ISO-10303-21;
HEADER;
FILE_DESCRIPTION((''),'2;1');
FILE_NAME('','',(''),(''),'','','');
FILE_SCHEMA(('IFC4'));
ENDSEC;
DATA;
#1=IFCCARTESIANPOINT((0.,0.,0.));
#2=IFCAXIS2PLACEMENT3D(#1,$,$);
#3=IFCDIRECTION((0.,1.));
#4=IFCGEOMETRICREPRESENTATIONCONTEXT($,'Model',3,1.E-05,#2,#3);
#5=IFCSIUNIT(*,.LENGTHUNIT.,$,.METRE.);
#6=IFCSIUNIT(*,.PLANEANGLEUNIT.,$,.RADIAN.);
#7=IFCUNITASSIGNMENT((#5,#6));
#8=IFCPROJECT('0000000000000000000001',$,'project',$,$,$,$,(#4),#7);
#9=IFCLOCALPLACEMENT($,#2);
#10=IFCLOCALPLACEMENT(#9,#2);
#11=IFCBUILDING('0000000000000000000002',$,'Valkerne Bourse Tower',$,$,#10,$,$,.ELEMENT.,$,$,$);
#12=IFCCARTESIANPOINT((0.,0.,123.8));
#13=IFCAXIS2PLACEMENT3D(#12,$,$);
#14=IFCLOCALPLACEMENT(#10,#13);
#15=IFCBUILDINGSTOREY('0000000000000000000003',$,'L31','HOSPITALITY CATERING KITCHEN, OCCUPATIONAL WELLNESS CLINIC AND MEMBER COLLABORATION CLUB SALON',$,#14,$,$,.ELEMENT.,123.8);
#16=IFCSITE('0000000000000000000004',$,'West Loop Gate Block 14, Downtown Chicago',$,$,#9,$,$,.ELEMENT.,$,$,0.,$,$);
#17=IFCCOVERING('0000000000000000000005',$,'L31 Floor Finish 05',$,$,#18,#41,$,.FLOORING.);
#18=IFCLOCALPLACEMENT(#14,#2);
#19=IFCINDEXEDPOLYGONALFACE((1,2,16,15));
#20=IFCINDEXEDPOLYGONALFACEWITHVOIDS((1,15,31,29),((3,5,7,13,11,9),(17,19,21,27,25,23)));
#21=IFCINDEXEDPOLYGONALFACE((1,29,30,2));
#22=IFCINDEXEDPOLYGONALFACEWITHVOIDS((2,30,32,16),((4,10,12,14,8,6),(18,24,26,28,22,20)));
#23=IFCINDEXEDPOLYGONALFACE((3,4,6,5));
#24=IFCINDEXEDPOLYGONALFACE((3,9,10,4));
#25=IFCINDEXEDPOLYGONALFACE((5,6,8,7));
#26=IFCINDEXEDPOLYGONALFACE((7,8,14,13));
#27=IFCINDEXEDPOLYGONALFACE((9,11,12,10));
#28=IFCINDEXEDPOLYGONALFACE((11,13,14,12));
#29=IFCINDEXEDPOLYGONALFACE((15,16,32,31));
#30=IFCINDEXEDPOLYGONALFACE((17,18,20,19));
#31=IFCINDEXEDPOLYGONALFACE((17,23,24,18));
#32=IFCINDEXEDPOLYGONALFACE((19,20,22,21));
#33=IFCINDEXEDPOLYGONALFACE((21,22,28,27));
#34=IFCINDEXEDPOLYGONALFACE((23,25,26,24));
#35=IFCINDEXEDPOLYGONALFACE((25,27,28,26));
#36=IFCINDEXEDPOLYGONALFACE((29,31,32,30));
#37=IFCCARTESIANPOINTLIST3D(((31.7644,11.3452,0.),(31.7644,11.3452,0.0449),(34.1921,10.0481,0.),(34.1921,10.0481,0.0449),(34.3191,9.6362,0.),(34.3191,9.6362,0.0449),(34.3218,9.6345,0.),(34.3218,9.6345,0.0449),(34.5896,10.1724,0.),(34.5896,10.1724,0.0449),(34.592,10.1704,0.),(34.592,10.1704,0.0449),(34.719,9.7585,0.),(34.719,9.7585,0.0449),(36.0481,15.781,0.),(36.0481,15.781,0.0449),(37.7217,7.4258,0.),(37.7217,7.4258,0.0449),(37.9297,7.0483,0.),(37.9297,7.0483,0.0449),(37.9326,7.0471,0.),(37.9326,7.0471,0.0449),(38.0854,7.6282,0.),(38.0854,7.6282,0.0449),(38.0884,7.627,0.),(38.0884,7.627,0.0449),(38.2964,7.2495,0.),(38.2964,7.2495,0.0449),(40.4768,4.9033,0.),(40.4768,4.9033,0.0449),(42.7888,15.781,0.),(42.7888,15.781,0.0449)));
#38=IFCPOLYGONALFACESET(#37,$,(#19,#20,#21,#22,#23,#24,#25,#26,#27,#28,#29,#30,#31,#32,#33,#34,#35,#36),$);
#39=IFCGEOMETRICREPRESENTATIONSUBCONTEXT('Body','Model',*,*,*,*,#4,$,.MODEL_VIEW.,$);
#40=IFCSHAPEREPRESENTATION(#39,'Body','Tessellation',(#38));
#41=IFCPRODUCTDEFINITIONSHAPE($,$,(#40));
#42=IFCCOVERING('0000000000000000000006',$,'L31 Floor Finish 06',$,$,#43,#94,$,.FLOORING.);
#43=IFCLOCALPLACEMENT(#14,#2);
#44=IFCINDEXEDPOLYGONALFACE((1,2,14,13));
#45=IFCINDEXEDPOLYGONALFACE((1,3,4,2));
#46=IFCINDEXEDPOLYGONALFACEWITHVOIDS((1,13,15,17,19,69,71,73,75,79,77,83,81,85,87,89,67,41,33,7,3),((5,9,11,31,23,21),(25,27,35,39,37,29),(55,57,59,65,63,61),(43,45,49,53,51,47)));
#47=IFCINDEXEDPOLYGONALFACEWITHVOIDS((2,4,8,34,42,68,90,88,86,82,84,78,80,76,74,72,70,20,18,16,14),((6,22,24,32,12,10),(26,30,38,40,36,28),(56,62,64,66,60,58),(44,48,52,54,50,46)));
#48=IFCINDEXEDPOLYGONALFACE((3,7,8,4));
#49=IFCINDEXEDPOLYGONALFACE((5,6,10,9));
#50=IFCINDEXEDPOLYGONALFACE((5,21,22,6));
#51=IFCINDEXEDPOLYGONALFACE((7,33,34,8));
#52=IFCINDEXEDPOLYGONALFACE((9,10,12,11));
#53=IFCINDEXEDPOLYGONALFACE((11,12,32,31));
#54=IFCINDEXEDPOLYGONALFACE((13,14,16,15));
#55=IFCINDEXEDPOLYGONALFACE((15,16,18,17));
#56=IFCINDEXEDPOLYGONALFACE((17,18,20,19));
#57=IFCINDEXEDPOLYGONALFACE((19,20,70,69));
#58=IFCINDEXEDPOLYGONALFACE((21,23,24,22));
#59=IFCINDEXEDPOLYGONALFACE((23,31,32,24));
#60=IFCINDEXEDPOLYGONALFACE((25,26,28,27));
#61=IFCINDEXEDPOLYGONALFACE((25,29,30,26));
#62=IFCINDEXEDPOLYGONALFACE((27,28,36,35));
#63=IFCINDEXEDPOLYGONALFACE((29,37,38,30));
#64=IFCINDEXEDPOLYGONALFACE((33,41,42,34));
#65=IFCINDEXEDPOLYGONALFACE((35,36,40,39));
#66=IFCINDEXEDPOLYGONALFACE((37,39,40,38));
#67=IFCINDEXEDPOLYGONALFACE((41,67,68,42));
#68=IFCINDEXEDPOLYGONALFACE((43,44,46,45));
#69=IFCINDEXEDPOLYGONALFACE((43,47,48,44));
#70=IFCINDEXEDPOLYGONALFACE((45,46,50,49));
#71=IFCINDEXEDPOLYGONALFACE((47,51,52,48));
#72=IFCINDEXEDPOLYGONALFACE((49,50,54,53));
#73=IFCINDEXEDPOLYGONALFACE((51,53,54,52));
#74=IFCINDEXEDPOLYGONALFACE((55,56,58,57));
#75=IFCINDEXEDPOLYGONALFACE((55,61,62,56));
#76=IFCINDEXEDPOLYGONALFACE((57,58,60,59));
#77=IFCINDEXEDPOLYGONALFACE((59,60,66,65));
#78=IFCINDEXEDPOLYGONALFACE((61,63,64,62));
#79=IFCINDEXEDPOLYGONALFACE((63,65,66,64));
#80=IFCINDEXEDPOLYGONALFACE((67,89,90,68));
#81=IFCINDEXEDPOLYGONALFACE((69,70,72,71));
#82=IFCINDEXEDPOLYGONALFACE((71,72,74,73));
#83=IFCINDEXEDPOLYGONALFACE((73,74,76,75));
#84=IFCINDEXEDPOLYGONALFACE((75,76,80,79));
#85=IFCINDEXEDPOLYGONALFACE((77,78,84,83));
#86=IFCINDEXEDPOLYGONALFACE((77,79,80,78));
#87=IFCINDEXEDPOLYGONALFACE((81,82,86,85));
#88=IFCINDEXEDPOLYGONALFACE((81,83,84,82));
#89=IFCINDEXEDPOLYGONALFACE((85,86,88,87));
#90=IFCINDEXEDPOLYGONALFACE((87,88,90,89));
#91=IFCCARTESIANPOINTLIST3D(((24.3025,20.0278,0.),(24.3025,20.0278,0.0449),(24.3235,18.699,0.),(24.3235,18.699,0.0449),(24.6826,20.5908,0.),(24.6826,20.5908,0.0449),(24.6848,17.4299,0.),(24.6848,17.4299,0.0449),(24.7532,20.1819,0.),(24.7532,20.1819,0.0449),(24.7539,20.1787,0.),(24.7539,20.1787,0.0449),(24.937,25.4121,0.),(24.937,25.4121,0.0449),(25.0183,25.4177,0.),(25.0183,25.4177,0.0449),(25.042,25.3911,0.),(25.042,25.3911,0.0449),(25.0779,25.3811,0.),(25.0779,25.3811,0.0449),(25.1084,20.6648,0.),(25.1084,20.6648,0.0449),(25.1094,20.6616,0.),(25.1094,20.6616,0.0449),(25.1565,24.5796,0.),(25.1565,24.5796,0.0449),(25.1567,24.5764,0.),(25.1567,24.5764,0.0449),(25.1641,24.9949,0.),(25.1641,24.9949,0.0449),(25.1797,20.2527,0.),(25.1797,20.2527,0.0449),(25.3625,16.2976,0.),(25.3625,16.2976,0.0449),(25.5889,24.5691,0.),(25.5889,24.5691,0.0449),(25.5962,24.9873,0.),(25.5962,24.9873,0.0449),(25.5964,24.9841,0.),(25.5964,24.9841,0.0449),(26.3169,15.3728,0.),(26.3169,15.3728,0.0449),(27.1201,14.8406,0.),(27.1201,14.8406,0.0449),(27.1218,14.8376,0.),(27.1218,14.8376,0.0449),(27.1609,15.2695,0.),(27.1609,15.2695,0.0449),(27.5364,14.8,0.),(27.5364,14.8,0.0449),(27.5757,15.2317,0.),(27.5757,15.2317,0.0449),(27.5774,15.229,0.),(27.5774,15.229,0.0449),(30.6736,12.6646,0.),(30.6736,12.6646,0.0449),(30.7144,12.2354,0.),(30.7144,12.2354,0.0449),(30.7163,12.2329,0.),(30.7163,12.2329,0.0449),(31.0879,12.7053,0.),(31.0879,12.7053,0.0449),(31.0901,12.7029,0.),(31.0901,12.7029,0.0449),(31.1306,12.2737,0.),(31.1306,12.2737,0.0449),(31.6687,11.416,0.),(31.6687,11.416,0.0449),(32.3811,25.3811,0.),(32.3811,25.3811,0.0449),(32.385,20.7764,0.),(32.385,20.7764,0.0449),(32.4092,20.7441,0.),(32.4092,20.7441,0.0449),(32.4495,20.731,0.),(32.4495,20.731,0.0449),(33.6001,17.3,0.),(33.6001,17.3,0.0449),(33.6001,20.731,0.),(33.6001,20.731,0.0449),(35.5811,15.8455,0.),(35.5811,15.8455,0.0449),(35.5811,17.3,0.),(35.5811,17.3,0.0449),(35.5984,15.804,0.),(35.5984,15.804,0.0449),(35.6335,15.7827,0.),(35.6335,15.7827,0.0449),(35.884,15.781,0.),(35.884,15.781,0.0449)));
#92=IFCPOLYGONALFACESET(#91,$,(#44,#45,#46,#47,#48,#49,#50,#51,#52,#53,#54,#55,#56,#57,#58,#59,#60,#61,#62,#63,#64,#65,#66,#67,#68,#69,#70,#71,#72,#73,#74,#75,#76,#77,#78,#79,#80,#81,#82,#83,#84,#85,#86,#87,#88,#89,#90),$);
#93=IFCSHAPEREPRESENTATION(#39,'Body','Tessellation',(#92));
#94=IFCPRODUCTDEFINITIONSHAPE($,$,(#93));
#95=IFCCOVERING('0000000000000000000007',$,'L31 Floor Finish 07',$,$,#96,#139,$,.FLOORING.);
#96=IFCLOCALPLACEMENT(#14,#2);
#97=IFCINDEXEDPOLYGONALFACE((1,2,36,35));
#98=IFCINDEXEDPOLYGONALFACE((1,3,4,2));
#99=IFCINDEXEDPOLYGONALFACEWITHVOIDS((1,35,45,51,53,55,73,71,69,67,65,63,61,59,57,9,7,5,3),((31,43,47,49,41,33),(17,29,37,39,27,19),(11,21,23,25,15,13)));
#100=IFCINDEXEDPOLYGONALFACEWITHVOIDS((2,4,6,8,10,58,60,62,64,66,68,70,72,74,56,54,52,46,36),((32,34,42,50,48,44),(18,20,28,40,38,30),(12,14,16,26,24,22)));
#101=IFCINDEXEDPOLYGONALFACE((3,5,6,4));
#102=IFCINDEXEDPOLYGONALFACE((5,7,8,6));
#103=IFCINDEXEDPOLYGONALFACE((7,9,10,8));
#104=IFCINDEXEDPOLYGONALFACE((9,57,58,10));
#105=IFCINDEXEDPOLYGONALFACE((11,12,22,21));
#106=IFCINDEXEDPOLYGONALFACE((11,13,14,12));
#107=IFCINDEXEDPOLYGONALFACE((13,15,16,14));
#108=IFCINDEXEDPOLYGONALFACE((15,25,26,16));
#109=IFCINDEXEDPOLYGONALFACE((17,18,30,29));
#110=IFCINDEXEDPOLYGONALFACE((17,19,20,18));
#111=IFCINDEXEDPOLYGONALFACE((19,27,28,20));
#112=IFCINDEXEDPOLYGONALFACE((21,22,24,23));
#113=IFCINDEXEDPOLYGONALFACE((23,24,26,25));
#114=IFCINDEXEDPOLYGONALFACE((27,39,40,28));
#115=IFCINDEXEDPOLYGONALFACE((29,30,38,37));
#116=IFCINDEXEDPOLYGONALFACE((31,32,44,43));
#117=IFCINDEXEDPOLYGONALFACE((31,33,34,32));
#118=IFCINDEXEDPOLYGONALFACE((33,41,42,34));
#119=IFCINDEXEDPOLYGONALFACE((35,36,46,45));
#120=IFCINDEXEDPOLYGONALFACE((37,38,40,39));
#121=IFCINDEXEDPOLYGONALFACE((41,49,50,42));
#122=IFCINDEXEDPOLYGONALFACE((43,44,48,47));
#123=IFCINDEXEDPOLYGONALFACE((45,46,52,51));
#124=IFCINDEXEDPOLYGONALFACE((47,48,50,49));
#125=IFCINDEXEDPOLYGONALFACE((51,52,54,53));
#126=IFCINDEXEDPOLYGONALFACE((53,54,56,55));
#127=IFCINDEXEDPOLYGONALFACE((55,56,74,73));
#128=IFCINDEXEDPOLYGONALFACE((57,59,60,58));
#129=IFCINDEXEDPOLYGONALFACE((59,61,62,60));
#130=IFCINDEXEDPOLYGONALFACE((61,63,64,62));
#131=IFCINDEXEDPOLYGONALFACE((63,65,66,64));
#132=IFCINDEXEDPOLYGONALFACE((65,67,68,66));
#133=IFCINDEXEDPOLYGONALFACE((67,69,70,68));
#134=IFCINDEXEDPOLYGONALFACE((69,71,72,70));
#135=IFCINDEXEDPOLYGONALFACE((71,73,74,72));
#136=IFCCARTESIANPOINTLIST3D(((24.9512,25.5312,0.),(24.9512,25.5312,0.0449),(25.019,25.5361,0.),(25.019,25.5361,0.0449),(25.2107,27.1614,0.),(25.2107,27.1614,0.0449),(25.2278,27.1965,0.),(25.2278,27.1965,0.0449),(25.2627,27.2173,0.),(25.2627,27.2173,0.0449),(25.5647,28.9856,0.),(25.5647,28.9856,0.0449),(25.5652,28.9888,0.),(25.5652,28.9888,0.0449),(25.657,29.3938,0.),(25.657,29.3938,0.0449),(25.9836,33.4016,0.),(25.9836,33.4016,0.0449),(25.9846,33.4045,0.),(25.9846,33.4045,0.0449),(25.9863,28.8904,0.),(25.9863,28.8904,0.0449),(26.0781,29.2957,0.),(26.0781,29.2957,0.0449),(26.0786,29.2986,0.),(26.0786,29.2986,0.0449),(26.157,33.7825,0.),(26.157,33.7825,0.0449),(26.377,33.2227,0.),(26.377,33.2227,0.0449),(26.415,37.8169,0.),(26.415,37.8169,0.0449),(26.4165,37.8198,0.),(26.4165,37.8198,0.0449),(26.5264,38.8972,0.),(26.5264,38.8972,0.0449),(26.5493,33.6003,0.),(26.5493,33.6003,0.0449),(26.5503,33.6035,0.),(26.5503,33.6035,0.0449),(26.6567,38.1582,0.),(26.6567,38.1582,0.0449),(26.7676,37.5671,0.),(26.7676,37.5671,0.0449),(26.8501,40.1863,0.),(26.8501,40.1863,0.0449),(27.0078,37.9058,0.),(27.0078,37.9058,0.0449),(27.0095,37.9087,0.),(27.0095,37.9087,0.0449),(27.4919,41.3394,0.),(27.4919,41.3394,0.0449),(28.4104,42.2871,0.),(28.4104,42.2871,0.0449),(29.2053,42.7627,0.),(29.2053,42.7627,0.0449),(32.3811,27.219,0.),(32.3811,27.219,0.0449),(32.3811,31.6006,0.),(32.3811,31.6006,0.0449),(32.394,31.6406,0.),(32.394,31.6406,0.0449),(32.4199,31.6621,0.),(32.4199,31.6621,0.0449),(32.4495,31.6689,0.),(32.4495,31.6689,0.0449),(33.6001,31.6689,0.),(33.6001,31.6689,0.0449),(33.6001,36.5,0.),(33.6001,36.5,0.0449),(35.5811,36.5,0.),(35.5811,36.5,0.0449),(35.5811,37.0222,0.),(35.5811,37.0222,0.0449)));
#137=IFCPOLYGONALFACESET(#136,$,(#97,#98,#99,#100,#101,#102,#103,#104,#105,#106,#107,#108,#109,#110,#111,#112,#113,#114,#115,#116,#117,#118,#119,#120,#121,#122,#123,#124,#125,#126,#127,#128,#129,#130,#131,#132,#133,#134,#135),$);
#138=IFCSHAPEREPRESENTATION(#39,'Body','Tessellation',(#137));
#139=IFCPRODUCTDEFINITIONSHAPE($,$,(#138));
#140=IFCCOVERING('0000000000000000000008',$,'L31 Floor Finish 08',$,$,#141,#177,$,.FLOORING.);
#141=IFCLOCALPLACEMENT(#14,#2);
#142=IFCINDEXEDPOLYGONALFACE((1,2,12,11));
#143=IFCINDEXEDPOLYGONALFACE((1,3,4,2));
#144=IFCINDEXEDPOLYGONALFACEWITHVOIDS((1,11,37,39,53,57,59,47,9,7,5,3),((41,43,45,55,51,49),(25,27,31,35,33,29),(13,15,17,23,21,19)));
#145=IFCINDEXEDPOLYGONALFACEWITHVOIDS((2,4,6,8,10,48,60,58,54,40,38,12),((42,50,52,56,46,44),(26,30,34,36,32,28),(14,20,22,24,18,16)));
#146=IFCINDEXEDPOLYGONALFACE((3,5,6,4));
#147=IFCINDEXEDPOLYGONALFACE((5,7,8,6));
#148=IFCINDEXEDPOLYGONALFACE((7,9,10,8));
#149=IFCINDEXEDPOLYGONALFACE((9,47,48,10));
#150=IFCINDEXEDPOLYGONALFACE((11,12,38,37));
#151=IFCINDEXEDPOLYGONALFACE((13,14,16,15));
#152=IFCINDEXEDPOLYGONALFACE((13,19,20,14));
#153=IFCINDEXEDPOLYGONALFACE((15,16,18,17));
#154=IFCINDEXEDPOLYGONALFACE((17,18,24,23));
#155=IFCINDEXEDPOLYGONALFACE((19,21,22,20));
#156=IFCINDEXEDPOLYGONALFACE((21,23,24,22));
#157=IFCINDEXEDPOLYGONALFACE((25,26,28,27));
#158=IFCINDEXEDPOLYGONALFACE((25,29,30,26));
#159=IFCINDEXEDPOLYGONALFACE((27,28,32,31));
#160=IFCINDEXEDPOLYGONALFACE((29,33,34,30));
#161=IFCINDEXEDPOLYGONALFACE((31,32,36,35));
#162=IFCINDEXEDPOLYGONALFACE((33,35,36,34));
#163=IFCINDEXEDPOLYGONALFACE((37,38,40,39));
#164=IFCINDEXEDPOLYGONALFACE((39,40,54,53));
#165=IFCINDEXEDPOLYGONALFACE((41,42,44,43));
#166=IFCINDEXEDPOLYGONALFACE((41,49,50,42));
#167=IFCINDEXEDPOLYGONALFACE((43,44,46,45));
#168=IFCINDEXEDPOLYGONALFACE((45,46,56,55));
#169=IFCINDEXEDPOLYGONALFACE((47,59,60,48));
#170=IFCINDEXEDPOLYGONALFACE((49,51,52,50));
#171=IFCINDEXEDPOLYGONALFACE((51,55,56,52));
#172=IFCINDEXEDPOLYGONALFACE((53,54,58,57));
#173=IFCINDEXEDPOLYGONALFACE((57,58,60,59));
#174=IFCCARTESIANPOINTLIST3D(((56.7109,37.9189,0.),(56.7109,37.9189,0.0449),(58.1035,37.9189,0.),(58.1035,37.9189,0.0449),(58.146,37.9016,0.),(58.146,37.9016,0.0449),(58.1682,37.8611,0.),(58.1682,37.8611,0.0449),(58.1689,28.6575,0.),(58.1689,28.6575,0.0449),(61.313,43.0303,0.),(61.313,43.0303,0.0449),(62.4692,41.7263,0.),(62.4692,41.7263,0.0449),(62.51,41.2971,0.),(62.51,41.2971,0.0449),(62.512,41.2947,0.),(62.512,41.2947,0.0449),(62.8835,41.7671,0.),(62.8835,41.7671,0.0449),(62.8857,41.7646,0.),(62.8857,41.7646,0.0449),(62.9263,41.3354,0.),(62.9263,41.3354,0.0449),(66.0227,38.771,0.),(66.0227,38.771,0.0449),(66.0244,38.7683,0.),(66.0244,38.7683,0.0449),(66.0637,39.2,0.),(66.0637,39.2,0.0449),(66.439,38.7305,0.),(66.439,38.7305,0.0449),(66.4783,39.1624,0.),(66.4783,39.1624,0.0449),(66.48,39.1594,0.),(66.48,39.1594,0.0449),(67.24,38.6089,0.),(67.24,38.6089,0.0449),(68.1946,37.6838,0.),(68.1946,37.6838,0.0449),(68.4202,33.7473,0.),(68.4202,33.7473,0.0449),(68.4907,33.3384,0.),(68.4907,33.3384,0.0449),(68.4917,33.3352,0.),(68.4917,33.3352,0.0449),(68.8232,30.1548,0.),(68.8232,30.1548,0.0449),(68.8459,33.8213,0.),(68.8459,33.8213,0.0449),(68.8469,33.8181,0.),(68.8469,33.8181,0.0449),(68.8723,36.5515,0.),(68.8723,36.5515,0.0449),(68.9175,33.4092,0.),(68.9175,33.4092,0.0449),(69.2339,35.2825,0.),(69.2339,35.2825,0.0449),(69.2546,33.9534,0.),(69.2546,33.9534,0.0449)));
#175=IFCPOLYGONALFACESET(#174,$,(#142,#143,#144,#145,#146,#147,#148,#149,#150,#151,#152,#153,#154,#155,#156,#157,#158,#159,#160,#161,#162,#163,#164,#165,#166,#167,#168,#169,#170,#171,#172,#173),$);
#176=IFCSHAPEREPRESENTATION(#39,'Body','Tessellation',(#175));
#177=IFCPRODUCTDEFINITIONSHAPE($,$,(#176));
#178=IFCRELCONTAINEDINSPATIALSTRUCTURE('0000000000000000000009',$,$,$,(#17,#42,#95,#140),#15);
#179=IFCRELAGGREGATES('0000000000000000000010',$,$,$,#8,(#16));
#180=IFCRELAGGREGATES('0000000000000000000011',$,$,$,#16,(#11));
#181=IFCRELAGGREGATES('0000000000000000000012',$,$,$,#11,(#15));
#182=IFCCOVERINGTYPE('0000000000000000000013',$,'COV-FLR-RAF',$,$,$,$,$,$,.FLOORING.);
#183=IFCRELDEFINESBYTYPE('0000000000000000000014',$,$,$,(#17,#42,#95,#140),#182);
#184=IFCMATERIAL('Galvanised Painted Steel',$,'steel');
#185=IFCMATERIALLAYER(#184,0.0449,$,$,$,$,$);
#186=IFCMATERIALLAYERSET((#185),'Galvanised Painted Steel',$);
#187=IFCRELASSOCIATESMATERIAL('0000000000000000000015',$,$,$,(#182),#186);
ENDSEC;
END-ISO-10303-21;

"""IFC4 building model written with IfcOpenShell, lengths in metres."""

from ifc_helpers import new_model, si_unit, direction, frame, origin, place, context, subcontext, project, spatial, polyline, outline, extrude, material, layer, layer_set, type_object, element, save


model = new_model("IFC4")

# Units and contexts
model_context = context("Model", 3, precision=1e-05, world=origin(), true_north=direction((0.0, 1.0)))
body_context = subcontext(model_context, "Body", "Model", "MODEL_VIEW")
ifc_project = project(units=[si_unit("LENGTHUNIT", "METRE"), si_unit("PLANEANGLEUNIT", "RADIAN")], contexts=[model_context])

# Site, building, storey
site_placement = place(None, origin())
site = spatial("IfcSite", under=ifc_project, at=site_placement, Name="West Loop Gate Block 14, Downtown Chicago", CompositionType="ELEMENT", RefElevation=0.0)
building_placement = place(site_placement, origin())
building = spatial("IfcBuilding", under=site, at=building_placement, Name="Valkerne Bourse Tower", CompositionType="ELEMENT")
storey_placement = place(building_placement, frame((0.0, 0.0, 123.8)))
storey = spatial("IfcBuildingStorey", under=building, at=storey_placement, Name="L31", Description="HOSPITALITY CATERING KITCHEN, OCCUPATIONAL WELLNESS CLINIC AND MEMBER COLLABORATION CLUB SALON", CompositionType="ELEMENT", Elevation=123.8)

# Coverings
ifc_material_1 = material(Name="Galvanised Painted Steel", Category="steel")
ifc_layer_1 = layer(ifc_material_1, 0.0449)
ifc_layer_set_1 = layer_set([ifc_layer_1], Name="Galvanised Painted Steel")
covering_type_1 = type_object("IfcCoveringType", Name="COV-FLR-RAF", PredefinedType="FLOORING", material=ifc_layer_set_1)
covering_1_placement = place(storey_placement, origin())
element("IfcCovering", 1, at=covering_1_placement, inside=storey, type_object=covering_type_1, Name="L31 Floor Finish 05", PredefinedType="FLOORING", context=body_context, shape_type="SweptSolid", body=[
    extrude(outline(polyline([(42.7888, 15.781), (40.4768, 4.9033), (31.7644, 11.3452), (36.0481, 15.781), (42.7888, 15.781)]), holes=[polyline([(38.0884, 7.627), (38.0854, 7.6282), (37.7217, 7.4258), (37.9297, 7.0483), (37.9326, 7.0471), (38.2964, 7.2495), (38.0884, 7.627)]), polyline([(34.592, 10.1704), (34.5896, 10.1724), (34.1921, 10.0481), (34.3191, 9.6362), (34.3218, 9.6345), (34.719, 9.7585), (34.592, 10.1704)])]), origin(), (0.0, 0.0, 1.0), 0.0449),
])
covering_2_placement = place(storey_placement, origin())
element("IfcCovering", 2, at=covering_2_placement, inside=storey, type_object=covering_type_1, Name="L31 Floor Finish 06", PredefinedType="FLOORING", context=body_context, shape_type="SweptSolid", body=[
    extrude(outline(polyline([(24.6848, 17.4299), (24.3235, 18.699), (24.3025, 20.0278), (24.937, 25.4121), (25.0183, 25.4177), (25.042, 25.3911), (25.0779, 25.3811), (32.3811, 25.3811), (32.385, 20.7764), (32.4092, 20.7441), (32.4495, 20.731), (33.6001, 20.731), (33.6001, 17.3), (35.5811, 17.3), (35.5811, 15.8455), (35.5984, 15.804), (35.6335, 15.7827), (35.884, 15.781), (31.6687, 11.416), (26.3169, 15.3728), (25.3625, 16.2976), (24.6848, 17.4299)]), holes=[polyline([(31.1306, 12.2737), (31.0901, 12.7029), (31.0879, 12.7053), (30.6736, 12.6646), (30.7144, 12.2354), (30.7163, 12.2329), (31.1306, 12.2737)]), polyline([(27.5774, 15.229), (27.5757, 15.2317), (27.1609, 15.2695), (27.1201, 14.8406), (27.1218, 14.8376), (27.5364, 14.8), (27.5774, 15.229)]), polyline([(25.1094, 20.6616), (25.1084, 20.6648), (24.6826, 20.5908), (24.7532, 20.1819), (24.7539, 20.1787), (25.1797, 20.2527), (25.1094, 20.6616)]), polyline([(25.5962, 24.9873), (25.1641, 24.9949), (25.1565, 24.5796), (25.1567, 24.5764), (25.5889, 24.5691), (25.5964, 24.9841), (25.5962, 24.9873)])]), origin(), (0.0, 0.0, 1.0), 0.0449),
])
covering_3_placement = place(storey_placement, origin())
element("IfcCovering", 3, at=covering_3_placement, inside=storey, type_object=covering_type_1, Name="L31 Floor Finish 07", PredefinedType="FLOORING", context=body_context, shape_type="SweptSolid", body=[
    extrude(outline(polyline([(27.4919, 41.3394), (28.4104, 42.2871), (29.2053, 42.7627), (35.5811, 37.0222), (35.5811, 36.5), (33.6001, 36.5), (33.6001, 31.6689), (32.4495, 31.6689), (32.4199, 31.6621), (32.394, 31.6406), (32.3811, 31.6006), (32.3811, 27.219), (25.2627, 27.2173), (25.2278, 27.1965), (25.2107, 27.1614), (25.019, 25.5361), (24.9512, 25.5312), (26.5264, 38.8972), (26.8501, 40.1863), (27.4919, 41.3394)]), holes=[polyline([(26.0781, 29.2957), (26.0786, 29.2986), (25.657, 29.3938), (25.5652, 28.9888), (25.5647, 28.9856), (25.9863, 28.8904), (26.0781, 29.2957)]), polyline([(26.5503, 33.6035), (26.157, 33.7825), (25.9846, 33.4045), (25.9836, 33.4016), (26.377, 33.2227), (26.5493, 33.6003), (26.5503, 33.6035)]), polyline([(27.0095, 37.9087), (26.6567, 38.1582), (26.4165, 37.8198), (26.415, 37.8169), (26.7676, 37.5671), (27.0078, 37.9058), (27.0095, 37.9087)])]), origin(), (0.0, 0.0, 1.0), 0.0449),
])
covering_4_placement = place(storey_placement, origin())
element("IfcCovering", 4, at=covering_4_placement, inside=storey, type_object=covering_type_1, Name="L31 Floor Finish 08", PredefinedType="FLOORING", context=body_context, shape_type="SweptSolid", body=[
    extrude(outline(polyline([(68.8723, 36.5515), (69.2339, 35.2825), (69.2546, 33.9534), (68.8232, 30.1548), (58.1689, 28.6575), (58.1682, 37.8611), (58.146, 37.9016), (58.1035, 37.9189), (56.7109, 37.9189), (61.313, 43.0303), (67.24, 38.6089), (68.1946, 37.6838), (68.8723, 36.5515)]), holes=[polyline([(68.8469, 33.8181), (68.8459, 33.8213), (68.4202, 33.7473), (68.4907, 33.3384), (68.4917, 33.3352), (68.9175, 33.4092), (68.8469, 33.8181)]), polyline([(66.48, 39.1594), (66.4783, 39.1624), (66.0637, 39.2), (66.0227, 38.771), (66.0244, 38.7683), (66.439, 38.7305), (66.48, 39.1594)]), polyline([(62.9263, 41.3354), (62.8857, 41.7646), (62.8835, 41.7671), (62.4692, 41.7263), (62.51, 41.2971), (62.512, 41.2947), (62.9263, 41.3354)])]), origin(), (0.0, 0.0, 1.0), 0.0449),
])

save(model, "model.ifc")
